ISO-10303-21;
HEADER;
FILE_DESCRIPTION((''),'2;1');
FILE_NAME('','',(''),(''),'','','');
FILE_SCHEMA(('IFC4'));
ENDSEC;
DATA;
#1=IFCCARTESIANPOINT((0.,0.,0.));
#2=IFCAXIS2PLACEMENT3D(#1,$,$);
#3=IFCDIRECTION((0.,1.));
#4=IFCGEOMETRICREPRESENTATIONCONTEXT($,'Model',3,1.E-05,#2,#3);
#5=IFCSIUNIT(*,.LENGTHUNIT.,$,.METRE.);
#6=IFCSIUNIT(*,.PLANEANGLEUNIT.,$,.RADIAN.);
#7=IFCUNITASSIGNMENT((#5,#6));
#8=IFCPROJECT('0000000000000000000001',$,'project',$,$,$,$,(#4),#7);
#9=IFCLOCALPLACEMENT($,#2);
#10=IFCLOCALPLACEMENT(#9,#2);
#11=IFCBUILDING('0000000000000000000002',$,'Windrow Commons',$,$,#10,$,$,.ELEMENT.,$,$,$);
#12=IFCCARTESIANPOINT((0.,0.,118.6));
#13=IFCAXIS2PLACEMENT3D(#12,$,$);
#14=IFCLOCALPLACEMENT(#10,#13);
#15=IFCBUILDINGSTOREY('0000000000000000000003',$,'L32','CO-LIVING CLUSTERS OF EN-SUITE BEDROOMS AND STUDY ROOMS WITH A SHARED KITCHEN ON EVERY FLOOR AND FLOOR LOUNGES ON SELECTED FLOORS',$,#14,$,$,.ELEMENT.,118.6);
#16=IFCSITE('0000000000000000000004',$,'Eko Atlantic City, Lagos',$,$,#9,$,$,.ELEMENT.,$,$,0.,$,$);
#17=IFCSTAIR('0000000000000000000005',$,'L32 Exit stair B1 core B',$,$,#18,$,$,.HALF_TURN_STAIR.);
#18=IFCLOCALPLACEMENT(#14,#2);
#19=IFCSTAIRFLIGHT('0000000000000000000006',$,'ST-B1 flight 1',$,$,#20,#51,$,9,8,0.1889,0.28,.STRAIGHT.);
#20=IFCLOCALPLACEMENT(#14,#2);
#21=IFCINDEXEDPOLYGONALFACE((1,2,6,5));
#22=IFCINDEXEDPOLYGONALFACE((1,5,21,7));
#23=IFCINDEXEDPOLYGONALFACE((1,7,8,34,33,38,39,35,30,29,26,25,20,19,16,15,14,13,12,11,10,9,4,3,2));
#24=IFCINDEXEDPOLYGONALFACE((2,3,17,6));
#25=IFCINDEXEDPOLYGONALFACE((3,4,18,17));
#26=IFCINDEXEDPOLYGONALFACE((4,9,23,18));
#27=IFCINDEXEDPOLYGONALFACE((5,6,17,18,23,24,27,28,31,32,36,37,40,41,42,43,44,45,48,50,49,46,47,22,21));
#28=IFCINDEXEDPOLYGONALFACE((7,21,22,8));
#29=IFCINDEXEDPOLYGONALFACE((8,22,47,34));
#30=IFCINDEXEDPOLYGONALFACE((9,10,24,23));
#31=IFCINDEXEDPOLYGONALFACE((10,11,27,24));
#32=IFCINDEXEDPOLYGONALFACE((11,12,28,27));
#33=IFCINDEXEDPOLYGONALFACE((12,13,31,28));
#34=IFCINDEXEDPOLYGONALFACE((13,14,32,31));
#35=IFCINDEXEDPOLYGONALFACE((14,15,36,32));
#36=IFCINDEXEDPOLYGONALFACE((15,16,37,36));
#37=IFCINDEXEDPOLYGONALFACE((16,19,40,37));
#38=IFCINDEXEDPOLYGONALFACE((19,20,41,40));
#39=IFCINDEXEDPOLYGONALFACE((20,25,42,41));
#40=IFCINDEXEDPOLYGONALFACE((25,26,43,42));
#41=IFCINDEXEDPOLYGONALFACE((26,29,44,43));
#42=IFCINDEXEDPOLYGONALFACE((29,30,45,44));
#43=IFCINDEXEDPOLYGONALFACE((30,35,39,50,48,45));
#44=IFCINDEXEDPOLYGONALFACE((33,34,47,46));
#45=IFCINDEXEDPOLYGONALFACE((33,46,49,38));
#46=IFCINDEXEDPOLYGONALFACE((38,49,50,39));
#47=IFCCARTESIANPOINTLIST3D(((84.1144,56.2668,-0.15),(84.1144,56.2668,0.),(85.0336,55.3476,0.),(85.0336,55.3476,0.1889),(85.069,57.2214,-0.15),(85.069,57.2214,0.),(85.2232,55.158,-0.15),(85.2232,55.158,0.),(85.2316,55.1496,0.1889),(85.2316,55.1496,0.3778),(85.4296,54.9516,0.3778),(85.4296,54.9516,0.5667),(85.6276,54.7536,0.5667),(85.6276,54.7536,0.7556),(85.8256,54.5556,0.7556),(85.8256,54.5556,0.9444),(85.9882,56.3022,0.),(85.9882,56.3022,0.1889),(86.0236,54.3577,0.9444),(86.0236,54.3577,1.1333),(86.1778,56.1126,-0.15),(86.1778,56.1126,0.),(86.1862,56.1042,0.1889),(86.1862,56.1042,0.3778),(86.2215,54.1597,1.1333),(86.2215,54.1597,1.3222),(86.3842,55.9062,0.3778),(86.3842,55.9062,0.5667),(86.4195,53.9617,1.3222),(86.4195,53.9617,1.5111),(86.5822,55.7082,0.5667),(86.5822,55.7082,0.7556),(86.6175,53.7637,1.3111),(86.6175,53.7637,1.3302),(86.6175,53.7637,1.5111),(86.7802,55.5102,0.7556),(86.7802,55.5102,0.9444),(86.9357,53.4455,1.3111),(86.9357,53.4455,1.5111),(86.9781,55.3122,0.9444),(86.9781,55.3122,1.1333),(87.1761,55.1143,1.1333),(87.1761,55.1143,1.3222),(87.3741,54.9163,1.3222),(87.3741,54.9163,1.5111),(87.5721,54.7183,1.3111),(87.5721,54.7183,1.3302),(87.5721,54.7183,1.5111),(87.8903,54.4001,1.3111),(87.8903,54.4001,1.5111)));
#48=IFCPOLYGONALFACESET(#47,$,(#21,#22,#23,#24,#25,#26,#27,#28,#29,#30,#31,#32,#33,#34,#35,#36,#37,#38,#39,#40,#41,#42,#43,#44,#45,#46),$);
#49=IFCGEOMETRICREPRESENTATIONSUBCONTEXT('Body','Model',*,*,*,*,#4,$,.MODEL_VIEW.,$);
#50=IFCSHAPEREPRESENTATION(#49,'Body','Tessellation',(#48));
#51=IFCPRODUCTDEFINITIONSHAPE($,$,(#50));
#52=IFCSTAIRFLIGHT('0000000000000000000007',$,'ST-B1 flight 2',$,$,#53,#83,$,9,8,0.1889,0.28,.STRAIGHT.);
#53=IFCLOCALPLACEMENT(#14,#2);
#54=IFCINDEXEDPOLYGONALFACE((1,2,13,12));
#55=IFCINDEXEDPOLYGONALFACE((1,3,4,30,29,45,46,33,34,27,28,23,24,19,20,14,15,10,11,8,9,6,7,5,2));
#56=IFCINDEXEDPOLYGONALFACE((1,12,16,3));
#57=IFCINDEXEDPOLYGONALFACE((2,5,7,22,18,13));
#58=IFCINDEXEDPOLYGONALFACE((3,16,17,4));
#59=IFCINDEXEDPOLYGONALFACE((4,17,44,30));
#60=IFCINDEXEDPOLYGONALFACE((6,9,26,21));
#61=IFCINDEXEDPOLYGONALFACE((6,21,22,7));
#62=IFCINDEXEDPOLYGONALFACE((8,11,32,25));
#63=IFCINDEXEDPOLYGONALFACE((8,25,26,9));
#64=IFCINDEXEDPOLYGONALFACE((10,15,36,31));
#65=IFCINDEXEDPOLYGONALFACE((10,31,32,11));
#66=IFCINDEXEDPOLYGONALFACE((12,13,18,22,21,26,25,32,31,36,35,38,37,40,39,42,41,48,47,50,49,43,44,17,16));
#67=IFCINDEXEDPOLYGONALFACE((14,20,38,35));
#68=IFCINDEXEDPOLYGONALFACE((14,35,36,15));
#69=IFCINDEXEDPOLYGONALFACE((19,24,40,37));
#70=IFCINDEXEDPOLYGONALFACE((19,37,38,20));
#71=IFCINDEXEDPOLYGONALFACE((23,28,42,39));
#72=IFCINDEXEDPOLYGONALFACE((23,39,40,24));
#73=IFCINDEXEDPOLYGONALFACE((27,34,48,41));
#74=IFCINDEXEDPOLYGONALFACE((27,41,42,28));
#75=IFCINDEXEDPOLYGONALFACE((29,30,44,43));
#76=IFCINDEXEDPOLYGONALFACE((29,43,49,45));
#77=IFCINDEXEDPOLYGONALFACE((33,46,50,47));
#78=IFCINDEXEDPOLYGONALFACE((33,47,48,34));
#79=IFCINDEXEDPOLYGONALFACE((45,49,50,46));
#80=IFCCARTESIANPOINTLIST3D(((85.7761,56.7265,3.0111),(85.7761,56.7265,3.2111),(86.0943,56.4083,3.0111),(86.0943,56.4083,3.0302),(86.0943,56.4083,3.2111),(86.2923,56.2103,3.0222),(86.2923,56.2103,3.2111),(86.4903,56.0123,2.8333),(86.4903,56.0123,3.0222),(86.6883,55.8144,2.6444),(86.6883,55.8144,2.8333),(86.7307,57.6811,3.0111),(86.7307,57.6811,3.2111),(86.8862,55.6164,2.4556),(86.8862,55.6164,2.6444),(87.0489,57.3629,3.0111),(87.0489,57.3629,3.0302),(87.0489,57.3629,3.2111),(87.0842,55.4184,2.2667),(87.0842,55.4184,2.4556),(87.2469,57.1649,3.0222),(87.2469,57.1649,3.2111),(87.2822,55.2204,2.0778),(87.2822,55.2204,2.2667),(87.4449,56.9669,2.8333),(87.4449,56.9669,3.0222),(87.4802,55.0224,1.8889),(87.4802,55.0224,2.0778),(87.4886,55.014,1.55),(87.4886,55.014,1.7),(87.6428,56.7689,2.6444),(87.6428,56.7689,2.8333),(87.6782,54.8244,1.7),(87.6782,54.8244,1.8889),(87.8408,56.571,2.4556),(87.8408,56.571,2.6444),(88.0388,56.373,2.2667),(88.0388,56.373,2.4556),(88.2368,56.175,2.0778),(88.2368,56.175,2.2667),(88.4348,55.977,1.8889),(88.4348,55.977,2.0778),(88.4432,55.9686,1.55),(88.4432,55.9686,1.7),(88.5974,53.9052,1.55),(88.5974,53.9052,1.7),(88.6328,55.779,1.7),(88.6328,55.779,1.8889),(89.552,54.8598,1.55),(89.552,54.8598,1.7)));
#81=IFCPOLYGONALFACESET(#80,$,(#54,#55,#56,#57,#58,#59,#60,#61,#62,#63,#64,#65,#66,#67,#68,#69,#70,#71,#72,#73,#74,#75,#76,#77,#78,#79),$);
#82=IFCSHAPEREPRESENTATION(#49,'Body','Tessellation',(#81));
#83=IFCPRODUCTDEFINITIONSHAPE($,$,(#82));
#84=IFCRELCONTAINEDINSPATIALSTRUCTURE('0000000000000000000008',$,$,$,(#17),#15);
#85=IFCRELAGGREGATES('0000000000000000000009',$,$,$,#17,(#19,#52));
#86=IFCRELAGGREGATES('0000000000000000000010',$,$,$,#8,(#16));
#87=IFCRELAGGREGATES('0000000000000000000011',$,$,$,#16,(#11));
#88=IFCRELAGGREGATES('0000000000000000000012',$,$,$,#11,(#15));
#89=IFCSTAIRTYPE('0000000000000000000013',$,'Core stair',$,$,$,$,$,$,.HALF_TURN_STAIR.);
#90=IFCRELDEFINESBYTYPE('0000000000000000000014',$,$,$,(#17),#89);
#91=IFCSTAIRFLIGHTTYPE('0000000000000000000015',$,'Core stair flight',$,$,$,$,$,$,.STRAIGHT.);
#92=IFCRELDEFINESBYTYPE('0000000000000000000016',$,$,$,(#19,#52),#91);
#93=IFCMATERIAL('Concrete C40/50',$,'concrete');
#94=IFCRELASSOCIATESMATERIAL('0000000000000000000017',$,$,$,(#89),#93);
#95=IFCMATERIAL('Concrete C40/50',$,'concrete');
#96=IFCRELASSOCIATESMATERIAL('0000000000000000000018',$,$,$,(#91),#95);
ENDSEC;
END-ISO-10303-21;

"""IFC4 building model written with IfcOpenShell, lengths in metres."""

from ifc_helpers import new_model, si_unit, direction, frame, origin, place, context, subcontext, project, spatial, polyline, outline, extrude, material, type_object, element, aggregate, save


model = new_model("IFC4")

# Units and contexts
model_context = context("Model", 3, precision=1e-05, world=origin(), true_north=direction((0.0, 1.0)))
body_context = subcontext(model_context, "Body", "Model", "MODEL_VIEW")
ifc_project = project(units=[si_unit("LENGTHUNIT", "METRE"), si_unit("PLANEANGLEUNIT", "RADIAN")], contexts=[model_context])

# Site, building, storey
site_placement = place(None, origin())
site = spatial("IfcSite", under=ifc_project, at=site_placement, Name="Eko Atlantic City, Lagos", CompositionType="ELEMENT", RefElevation=0.0)
building_placement = place(site_placement, origin())
building = spatial("IfcBuilding", under=site, at=building_placement, Name="Windrow Commons", CompositionType="ELEMENT")
storey_placement = place(building_placement, frame((0.0, 0.0, 118.6)))
storey = spatial("IfcBuildingStorey", under=building, at=storey_placement, Name="L32", Description="CO-LIVING CLUSTERS OF EN-SUITE BEDROOMS AND STUDY ROOMS WITH A SHARED KITCHEN ON EVERY FLOOR AND FLOOR LOUNGES ON SELECTED FLOORS", CompositionType="ELEMENT", Elevation=118.6)

# Stair, stair flights
ifc_material_1 = material(Name="Concrete C40/50", Category="concrete")
stair_type = type_object("IfcStairType", Name="Core stair", PredefinedType="HALF_TURN_STAIR", material=ifc_material_1)
stair_placement = place(storey_placement, origin())
stair = element("IfcStair", 1, at=stair_placement, inside=storey, type_object=stair_type, Name="L32 Exit stair B1 core B", PredefinedType="HALF_TURN_STAIR")
ifc_material_2 = material(Name="Concrete C40/50", Category="concrete")
stair_flight_type = type_object("IfcStairFlightType", Name="Core stair flight", PredefinedType="STRAIGHT", material=ifc_material_2)
stair_flight_1_placement = place(storey_placement, frame((85.5109, 55.8249, 0.0), z_axis=(0.0, 0.0, 1.0), x_axis=(0.707107, -0.707107, 0.0)))
stair_flight_1 = element("IfcStairFlight", 2, at=stair_flight_1_placement, type_object=stair_flight_type, Name="ST-B1 flight 1", NumberOfRisers=9, NumberOfTreads=8, PredefinedType="STRAIGHT", RiserHeight=0.1889, TreadLength=0.28, context=body_context, shape_type="SweptSolid", body=[
    extrude(outline(polyline([(-1.3, -0.15), (-1.3, 0.0), (0.0, 0.0), (0.0, 0.1889), (0.28, 0.1889), (0.28, 0.3778), (0.56, 0.3778), (0.56, 0.5667), (0.84, 0.5667), (0.84, 0.7556), (1.12, 0.7556), (1.12, 0.9444), (1.4, 0.9444), (1.4, 1.1333), (1.68, 1.1333), (1.68, 1.3222), (1.96, 1.3222), (1.96, 1.5111), (2.24, 1.5111), (2.69, 1.5111), (2.69, 1.3111), (2.24, 1.3111), (2.24, 1.3302), (0.2682, 0.0), (0.2682, -0.15), (-1.3, -0.15)])), frame((0.0, 0.675, 0.0), z_axis=(0.0, -1.0, 0.0), x_axis=(1.0, 0.0, 0.0)), (0.0, 0.0, 1.0), 1.35),
])
stair_flight_2_placement = place(storey_placement, frame((88.1555, 55.3017, 1.7), z_axis=(0.0, 0.0, 1.0), x_axis=(-0.707107, 0.707107, 0.0)))
stair_flight_2 = element("IfcStairFlight", 3, at=stair_flight_2_placement, type_object=stair_flight_type, Name="ST-B1 flight 2", NumberOfRisers=9, NumberOfTreads=8, PredefinedType="STRAIGHT", RiserHeight=0.1889, TreadLength=0.28, context=body_context, shape_type="SweptSolid", body=[
    extrude(outline(polyline([(-1.3, -0.15), (-1.3, 0.0), (0.0, 0.0), (0.0, 0.1889), (0.28, 0.1889), (0.28, 0.3778), (0.56, 0.3778), (0.56, 0.5667), (0.84, 0.5667), (0.84, 0.7556), (1.12, 0.7556), (1.12, 0.9444), (1.4, 0.9444), (1.4, 1.1333), (1.68, 1.1333), (1.68, 1.3222), (1.96, 1.3222), (1.96, 1.5111), (2.24, 1.5111), (2.69, 1.5111), (2.69, 1.3111), (2.24, 1.3111), (2.24, 1.3302), (0.2682, 0.0), (0.2682, -0.15), (-1.3, -0.15)])), frame((0.0, 0.675, 0.0), z_axis=(0.0, -1.0, 0.0), x_axis=(1.0, 0.0, 0.0)), (0.0, 0.0, 1.0), 1.35),
])
aggregate(stair, [stair_flight_1, stair_flight_2])

save(model, "model.ifc")
